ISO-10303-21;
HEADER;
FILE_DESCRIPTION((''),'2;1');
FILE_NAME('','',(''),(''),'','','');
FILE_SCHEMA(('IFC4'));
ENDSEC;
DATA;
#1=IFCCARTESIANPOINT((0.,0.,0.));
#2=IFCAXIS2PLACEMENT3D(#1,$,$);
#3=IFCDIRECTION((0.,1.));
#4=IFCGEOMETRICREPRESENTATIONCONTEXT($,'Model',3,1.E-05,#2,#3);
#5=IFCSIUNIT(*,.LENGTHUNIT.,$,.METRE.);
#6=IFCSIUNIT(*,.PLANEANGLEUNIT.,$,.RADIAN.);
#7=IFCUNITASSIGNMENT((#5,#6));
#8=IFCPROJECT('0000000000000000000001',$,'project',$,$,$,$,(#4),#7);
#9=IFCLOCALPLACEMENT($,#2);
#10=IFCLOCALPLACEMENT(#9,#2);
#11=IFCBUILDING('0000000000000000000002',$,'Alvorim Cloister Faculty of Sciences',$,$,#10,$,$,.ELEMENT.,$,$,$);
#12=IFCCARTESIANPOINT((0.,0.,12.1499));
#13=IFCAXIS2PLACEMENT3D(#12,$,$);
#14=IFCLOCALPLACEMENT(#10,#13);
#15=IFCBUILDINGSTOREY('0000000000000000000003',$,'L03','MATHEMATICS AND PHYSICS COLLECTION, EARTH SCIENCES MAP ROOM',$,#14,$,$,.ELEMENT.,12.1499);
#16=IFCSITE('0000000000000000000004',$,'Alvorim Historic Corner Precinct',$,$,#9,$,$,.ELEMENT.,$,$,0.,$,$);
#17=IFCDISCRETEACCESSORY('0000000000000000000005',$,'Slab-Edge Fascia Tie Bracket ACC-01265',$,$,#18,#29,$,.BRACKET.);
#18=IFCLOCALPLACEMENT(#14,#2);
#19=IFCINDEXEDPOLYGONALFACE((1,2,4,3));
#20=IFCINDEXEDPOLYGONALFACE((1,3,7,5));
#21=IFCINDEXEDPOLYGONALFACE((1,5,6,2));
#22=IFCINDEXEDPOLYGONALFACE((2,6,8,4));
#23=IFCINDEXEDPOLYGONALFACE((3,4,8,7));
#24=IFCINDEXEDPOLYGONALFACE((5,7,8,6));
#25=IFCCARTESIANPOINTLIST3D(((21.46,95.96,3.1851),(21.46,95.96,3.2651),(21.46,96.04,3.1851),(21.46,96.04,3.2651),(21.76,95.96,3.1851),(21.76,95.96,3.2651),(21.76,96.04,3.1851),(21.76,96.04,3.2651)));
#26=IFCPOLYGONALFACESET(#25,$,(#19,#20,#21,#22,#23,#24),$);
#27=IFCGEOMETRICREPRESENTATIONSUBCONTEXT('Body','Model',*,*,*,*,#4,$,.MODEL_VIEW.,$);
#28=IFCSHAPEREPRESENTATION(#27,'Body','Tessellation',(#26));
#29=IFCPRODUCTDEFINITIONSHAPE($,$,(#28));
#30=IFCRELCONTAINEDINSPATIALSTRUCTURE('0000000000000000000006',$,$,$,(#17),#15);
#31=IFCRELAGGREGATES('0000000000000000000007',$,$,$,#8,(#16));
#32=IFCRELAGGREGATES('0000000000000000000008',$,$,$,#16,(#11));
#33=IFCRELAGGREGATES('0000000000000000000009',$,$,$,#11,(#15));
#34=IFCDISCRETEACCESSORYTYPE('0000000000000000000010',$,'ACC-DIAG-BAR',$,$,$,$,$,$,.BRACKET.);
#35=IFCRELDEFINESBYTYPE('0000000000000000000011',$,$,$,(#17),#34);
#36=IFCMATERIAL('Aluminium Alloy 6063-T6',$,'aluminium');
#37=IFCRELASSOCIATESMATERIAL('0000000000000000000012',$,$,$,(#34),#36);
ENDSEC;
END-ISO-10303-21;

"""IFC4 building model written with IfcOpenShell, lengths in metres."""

from ifc_helpers import new_model, si_unit, direction, frame, origin, origin_2d, place, context, subcontext, project, spatial, rectangle, extrude, material, type_object, element, save


model = new_model("IFC4")

# Units and contexts
model_context = context("Model", 3, precision=1e-05, world=origin(), true_north=direction((0.0, 1.0)))
body_context = subcontext(model_context, "Body", "Model", "MODEL_VIEW")
ifc_project = project(units=[si_unit("LENGTHUNIT", "METRE"), si_unit("PLANEANGLEUNIT", "RADIAN")], contexts=[model_context])

# Site, building, storey
site_placement = place(None, origin())
site = spatial("IfcSite", under=ifc_project, at=site_placement, Name="Alvorim Historic Corner Precinct", CompositionType="ELEMENT", RefElevation=0.0)
building_placement = place(site_placement, origin())
building = spatial("IfcBuilding", under=site, at=building_placement, Name="Alvorim Cloister Faculty of Sciences", CompositionType="ELEMENT")
storey_placement = place(building_placement, frame((0.0, 0.0, 12.1499)))
storey = spatial("IfcBuildingStorey", under=building, at=storey_placement, Name="L03", Description="MATHEMATICS AND PHYSICS COLLECTION, EARTH SCIENCES MAP ROOM", CompositionType="ELEMENT", Elevation=12.1499)

# Shared definitions
ifc_material_1 = material(Name="Aluminium Alloy 6063-T6", Category="aluminium")

# Discrete accessory
discrete_accessory_type = type_object("IfcDiscreteAccessoryType", Name="ACC-DIAG-BAR", PredefinedType="BRACKET", material=ifc_material_1)
discrete_accessory_placement = place(storey_placement, frame((21.46, 96.0, 3.2251), z_axis=(1.0, 0.0, 0.0), x_axis=(0.0, 1.0, 0.0)))
element("IfcDiscreteAccessory", 1, at=discrete_accessory_placement, inside=storey, type_object=discrete_accessory_type, Name="Slab-Edge Fascia Tie Bracket ACC-01265", PredefinedType="BRACKET", context=body_context, shape_type="SweptSolid", body=[
    extrude(rectangle(XDim=0.0801, YDim=0.0801, at=origin_2d()), origin(), (0.0, 0.0, 1.0), 0.3),
])

save(model, "model.ifc")
